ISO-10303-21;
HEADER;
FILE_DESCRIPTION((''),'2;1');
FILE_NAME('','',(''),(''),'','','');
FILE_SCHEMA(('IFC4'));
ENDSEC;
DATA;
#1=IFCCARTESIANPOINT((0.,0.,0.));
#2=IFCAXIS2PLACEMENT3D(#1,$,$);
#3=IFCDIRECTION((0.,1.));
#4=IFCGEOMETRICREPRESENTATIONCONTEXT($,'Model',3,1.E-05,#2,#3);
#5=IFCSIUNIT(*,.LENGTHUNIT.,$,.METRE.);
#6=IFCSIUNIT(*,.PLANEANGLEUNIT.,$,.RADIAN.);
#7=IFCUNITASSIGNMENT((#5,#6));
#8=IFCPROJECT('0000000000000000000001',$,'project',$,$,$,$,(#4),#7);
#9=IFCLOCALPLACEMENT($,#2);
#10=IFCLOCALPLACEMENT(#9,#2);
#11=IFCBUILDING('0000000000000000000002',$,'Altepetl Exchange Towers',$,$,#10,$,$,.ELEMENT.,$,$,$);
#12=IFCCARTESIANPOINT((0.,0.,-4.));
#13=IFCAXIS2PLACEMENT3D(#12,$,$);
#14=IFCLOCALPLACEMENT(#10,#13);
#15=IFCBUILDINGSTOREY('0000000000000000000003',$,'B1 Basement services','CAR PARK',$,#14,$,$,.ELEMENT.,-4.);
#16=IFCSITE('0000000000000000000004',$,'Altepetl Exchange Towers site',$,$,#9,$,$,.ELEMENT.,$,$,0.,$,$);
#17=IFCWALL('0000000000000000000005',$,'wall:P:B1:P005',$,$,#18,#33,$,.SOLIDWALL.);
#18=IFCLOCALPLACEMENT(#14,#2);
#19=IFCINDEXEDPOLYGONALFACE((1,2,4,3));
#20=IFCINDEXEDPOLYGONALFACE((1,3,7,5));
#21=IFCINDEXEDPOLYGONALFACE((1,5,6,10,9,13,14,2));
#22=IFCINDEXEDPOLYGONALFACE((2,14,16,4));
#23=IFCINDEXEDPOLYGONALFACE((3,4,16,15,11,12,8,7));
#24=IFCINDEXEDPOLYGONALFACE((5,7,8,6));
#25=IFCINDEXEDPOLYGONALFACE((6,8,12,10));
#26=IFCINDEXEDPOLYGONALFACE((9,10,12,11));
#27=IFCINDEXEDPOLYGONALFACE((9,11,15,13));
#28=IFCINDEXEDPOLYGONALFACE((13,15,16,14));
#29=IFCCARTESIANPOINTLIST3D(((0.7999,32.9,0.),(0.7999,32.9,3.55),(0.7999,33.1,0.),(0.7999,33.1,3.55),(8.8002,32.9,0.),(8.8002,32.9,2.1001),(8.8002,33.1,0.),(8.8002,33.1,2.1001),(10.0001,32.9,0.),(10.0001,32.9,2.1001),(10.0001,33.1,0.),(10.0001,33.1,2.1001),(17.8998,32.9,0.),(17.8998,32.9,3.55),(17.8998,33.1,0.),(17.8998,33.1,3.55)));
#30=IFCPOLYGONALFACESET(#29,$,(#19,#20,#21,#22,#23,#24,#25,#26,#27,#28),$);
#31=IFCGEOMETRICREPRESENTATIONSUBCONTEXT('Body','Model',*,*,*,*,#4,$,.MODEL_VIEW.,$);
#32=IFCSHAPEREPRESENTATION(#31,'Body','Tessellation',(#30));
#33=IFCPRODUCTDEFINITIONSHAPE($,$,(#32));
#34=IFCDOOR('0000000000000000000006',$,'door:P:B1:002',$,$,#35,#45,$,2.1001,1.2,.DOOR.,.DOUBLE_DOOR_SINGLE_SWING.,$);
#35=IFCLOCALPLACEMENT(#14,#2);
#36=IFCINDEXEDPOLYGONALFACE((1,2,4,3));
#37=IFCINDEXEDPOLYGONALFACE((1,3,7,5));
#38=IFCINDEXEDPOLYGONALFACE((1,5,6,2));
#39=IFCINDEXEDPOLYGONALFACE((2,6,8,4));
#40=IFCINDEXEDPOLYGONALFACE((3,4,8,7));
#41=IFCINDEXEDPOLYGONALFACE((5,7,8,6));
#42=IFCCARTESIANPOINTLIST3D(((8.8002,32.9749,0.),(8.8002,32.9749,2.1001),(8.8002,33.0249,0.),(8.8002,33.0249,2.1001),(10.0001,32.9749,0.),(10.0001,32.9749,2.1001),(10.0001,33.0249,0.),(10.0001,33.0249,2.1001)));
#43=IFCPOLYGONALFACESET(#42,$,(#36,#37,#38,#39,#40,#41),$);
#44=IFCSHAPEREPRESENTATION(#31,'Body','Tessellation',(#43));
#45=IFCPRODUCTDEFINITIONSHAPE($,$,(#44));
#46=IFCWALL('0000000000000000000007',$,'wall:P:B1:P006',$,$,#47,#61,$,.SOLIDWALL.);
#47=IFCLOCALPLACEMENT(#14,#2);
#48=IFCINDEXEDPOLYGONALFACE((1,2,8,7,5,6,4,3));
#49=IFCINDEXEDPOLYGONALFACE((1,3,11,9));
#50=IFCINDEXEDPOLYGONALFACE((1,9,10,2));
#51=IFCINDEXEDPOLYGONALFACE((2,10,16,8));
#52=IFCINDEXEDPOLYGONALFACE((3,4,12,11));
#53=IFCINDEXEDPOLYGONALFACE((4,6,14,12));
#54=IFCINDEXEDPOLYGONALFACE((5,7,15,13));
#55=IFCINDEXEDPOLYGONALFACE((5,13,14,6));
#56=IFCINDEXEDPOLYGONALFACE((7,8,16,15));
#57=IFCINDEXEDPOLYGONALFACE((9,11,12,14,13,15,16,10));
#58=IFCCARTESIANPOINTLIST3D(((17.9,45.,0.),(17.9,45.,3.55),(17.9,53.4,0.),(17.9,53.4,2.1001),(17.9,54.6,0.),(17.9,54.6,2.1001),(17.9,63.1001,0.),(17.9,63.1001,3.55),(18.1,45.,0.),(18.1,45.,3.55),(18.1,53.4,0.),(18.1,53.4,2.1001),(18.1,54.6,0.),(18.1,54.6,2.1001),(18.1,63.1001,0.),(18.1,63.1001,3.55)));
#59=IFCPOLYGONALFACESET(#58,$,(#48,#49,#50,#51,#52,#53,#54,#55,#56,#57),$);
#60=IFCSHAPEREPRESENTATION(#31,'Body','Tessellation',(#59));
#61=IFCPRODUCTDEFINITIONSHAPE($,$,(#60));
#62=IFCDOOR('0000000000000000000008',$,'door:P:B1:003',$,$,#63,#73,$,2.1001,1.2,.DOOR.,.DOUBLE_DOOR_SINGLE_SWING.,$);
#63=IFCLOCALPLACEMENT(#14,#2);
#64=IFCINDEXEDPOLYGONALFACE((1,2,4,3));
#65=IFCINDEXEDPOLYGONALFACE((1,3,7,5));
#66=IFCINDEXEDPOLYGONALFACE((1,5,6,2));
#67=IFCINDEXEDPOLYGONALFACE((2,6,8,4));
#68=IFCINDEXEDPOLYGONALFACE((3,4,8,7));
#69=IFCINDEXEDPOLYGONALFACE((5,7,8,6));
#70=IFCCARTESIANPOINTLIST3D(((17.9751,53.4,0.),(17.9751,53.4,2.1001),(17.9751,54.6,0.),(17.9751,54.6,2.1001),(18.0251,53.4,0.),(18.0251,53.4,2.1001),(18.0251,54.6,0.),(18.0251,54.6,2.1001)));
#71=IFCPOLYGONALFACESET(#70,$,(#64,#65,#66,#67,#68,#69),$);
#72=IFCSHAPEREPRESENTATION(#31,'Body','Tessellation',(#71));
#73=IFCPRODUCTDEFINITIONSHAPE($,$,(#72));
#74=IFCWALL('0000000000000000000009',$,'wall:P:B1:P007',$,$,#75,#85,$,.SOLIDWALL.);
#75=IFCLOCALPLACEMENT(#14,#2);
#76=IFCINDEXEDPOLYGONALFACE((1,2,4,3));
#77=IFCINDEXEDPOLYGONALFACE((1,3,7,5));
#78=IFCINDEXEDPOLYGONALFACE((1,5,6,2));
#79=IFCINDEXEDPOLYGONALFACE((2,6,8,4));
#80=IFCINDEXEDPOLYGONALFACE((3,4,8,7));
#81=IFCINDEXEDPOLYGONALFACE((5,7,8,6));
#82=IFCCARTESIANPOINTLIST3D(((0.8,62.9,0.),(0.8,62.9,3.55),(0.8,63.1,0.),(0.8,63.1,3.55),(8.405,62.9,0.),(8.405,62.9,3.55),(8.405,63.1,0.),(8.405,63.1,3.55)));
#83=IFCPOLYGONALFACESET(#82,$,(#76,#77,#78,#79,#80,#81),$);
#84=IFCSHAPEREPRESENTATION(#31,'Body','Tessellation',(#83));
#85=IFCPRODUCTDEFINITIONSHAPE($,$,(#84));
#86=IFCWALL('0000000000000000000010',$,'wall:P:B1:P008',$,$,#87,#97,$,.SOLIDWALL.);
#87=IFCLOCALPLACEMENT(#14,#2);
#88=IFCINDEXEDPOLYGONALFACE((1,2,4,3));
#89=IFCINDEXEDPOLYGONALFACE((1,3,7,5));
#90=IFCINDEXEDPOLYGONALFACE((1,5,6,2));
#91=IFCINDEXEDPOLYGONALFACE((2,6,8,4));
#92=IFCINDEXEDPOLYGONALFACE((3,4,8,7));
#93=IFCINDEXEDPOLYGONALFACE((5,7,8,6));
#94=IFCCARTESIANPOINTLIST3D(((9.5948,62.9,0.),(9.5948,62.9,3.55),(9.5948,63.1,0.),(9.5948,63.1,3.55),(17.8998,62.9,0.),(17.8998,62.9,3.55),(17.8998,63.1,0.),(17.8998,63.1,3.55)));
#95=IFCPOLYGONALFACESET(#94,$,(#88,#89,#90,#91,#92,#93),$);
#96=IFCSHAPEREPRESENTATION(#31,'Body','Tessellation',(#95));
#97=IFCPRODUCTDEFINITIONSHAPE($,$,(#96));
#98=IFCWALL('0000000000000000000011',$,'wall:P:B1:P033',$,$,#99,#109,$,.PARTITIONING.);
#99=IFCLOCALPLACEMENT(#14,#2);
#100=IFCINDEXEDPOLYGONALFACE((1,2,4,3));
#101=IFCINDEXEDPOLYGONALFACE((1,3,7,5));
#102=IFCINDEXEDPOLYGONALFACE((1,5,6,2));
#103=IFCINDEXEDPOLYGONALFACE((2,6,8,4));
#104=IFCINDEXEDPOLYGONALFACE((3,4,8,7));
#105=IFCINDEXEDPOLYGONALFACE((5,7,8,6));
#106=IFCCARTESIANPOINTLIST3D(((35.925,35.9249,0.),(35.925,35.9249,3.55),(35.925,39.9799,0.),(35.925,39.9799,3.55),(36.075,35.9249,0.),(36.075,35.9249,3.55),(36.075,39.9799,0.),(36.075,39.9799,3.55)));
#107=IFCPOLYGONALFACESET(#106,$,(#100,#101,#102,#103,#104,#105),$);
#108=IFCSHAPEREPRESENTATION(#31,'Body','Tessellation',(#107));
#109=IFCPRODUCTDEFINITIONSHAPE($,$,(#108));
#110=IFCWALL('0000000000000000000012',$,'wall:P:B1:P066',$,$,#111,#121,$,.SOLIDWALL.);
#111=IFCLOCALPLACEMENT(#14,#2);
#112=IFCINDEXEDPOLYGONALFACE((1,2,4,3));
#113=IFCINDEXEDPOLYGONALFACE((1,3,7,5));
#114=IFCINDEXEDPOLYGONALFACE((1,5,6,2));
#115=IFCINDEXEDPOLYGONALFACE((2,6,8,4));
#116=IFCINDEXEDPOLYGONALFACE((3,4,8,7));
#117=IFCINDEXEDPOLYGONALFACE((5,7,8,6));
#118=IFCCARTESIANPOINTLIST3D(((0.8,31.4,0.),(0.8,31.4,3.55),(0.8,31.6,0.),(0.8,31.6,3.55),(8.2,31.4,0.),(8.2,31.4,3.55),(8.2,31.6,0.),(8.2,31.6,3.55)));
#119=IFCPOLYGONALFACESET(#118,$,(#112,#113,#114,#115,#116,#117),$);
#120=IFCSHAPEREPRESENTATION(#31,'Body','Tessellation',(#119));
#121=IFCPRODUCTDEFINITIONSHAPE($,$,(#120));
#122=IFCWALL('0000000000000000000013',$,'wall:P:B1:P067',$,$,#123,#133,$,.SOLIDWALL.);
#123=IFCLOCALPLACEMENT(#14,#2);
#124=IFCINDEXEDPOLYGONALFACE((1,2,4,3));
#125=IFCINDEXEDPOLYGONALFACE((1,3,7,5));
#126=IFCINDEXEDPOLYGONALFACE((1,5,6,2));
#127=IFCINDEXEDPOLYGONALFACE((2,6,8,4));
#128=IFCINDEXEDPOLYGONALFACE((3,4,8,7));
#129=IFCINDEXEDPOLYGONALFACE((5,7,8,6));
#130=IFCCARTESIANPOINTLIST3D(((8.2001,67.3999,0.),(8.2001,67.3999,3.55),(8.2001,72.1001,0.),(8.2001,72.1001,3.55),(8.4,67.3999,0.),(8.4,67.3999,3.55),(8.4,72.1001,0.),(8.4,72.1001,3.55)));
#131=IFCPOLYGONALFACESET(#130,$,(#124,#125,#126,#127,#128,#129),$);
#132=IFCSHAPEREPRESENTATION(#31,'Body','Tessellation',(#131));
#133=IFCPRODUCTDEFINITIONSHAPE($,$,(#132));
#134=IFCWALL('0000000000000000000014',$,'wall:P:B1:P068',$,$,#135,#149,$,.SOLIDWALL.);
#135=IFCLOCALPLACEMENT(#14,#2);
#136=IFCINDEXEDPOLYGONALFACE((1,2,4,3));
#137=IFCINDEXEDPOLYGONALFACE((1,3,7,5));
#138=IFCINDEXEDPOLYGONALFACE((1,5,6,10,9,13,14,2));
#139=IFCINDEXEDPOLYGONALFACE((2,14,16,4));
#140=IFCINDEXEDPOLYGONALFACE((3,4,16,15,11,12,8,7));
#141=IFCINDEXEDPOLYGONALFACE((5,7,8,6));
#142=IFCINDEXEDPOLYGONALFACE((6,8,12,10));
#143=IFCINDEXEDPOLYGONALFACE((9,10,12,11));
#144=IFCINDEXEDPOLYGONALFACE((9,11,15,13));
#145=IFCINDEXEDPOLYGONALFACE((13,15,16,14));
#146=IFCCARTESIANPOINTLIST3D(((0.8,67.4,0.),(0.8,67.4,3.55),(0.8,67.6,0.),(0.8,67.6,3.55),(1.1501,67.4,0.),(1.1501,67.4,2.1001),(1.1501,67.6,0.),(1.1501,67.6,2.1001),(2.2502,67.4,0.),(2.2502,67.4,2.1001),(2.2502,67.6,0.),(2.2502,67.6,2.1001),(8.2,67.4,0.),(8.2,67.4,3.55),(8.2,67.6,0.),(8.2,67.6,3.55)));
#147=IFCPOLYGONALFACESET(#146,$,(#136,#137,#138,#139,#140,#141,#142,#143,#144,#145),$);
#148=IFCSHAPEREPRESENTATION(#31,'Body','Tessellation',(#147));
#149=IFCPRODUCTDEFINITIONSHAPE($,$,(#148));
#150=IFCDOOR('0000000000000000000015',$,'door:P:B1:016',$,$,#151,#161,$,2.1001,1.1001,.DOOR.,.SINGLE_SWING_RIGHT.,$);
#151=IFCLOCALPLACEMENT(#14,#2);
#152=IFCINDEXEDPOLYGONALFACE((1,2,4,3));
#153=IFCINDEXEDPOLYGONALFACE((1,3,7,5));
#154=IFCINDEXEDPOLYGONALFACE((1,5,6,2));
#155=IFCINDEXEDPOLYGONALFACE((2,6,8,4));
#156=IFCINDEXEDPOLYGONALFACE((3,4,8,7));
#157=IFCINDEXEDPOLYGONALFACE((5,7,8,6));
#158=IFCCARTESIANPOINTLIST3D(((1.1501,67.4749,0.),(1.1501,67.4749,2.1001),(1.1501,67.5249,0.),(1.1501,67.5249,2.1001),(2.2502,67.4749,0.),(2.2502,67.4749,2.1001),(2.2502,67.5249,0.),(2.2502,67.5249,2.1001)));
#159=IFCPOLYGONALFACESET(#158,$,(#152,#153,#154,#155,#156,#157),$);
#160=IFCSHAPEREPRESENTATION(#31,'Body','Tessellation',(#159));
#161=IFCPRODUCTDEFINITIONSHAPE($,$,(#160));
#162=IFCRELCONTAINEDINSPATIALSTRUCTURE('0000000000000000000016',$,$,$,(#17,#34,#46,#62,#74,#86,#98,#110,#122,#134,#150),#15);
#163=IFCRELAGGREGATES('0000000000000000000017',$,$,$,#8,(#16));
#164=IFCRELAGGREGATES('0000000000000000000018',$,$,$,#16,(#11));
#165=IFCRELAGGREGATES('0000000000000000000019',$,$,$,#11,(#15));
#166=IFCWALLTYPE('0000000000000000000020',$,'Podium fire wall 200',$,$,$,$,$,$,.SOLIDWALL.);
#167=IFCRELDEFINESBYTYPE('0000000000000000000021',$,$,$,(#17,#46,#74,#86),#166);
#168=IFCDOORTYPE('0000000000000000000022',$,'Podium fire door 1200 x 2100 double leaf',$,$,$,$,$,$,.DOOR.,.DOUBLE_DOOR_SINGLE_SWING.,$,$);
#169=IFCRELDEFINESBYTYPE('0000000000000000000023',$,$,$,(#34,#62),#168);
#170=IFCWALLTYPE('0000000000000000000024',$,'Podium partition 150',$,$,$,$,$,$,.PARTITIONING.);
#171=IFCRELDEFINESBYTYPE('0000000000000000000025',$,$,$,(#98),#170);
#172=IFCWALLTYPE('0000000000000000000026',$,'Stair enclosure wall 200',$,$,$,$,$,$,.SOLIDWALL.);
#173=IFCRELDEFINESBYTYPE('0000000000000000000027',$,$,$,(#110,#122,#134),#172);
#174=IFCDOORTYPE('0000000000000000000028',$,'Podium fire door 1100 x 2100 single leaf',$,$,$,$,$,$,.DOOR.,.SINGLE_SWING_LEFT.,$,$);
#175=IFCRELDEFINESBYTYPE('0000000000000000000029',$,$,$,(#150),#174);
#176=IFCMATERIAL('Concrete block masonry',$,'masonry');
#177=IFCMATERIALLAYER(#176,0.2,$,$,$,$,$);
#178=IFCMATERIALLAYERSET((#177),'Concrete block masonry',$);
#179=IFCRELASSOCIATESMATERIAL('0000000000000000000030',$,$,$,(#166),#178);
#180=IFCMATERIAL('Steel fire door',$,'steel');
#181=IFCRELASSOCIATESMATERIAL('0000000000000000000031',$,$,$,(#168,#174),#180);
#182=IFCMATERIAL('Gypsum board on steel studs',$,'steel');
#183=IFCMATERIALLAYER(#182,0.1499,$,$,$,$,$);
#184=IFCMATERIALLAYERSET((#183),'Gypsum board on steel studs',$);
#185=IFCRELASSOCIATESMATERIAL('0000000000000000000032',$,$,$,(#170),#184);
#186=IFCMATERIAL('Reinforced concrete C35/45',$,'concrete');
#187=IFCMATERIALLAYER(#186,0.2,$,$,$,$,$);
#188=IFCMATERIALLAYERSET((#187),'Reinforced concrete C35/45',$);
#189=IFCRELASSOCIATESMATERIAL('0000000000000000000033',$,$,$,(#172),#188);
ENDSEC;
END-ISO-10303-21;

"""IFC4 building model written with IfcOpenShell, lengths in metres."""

from ifc_helpers import new_model, si_unit, direction, frame, frame_2d, origin, place, context, subcontext, project, spatial, rectangle, extrude, material, layer, layer_set, type_object, element, fill, save


model = new_model("IFC4")

# Units and contexts
model_context = context("Model", 3, precision=1e-05, world=origin(), true_north=direction((0.0, 1.0)))
body_context = subcontext(model_context, "Body", "Model", "MODEL_VIEW")
ifc_project = project(units=[si_unit("LENGTHUNIT", "METRE"), si_unit("PLANEANGLEUNIT", "RADIAN")], contexts=[model_context])

# Site, building, storey
site_placement = place(None, origin())
site = spatial("IfcSite", under=ifc_project, at=site_placement, Name="Altepetl Exchange Towers site", CompositionType="ELEMENT", RefElevation=0.0)
building_placement = place(site_placement, origin())
building = spatial("IfcBuilding", under=site, at=building_placement, Name="Altepetl Exchange Towers", CompositionType="ELEMENT")
storey_placement = place(building_placement, frame((0.0, 0.0, -4.0)))
storey = spatial("IfcBuildingStorey", under=building, at=storey_placement, Name="B1 Basement services", Description="CAR PARK", CompositionType="ELEMENT", Elevation=-4.0)

# Shared definitions
ifc_material_1 = material(Name="Reinforced concrete C35/45", Category="concrete")
ifc_material_2 = material(Name="Concrete block masonry", Category="masonry")
ifc_layer_1 = layer(ifc_material_2, 0.2)
ifc_layer_set_1 = layer_set([ifc_layer_1], Name="Concrete block masonry")
wall_type_1 = type_object("IfcWallType", Name="Podium fire wall 200", PredefinedType="SOLIDWALL", material=ifc_layer_set_1)

# Walls, openings, doors
wall_1_placement = place(storey_placement, frame((0.8, 33.0, 0.0)))
wall_1 = element("IfcWall", 1, at=wall_1_placement, inside=storey, type_object=wall_type_1, Name="wall:P:B1:P005", PredefinedType="SOLIDWALL", context=body_context, shape_type="SweptSolid", body=[
    extrude(rectangle(XDim=17.0999, YDim=0.2, at=frame_2d((8.5498, 0.0))), origin(), (0.0, 0.0, 1.0), 3.55),
])
opening_1_placement = place(wall_1_placement, frame((8.0, 0.0, 0.0)))
opening_1 = element("IfcOpeningElement", 2, at=opening_1_placement, cuts=wall_1, PredefinedType="OPENING", context=body_context, shape_type="SweptSolid", body=[
    extrude(rectangle(XDim=1.2, YDim=2.1001, at=frame_2d((0.6001, 1.05))), frame((0.0, 0.1099, 0.0), z_axis=(0.0, -1.0, 0.0), x_axis=(1.0, 0.0, 0.0)), (0.0, 0.0, 1.0), 0.22),
])
ifc_material_3 = material(Name="Steel fire door", Category="steel")
door_type_1 = type_object("IfcDoorType", Name="Podium fire door 1200 x 2100 double leaf", OperationType="DOUBLE_DOOR_SINGLE_SWING", PredefinedType="DOOR", material=ifc_material_3)
door_1_placement = place(opening_1_placement, origin())
door_1 = element("IfcDoor", 3, at=door_1_placement, inside=storey, type_object=door_type_1, Name="door:P:B1:002", OperationType="DOUBLE_DOOR_SINGLE_SWING", OverallHeight=2.1001, OverallWidth=1.2, PredefinedType="DOOR", context=body_context, shape_type="SweptSolid", body=[
    extrude(rectangle(XDim=1.2, YDim=2.1001, at=frame_2d((0.6001, 1.05))), frame((0.0, 0.0249, 0.0), z_axis=(0.0, -1.0, 0.0), x_axis=(1.0, 0.0, 0.0)), (0.0, 0.0, 1.0), 0.05),
])
fill(opening_1, door_1)
wall_2_placement = place(storey_placement, frame((18.0, 45.0, 0.0), z_axis=(0.0, 0.0, 1.0), x_axis=(0.0, 1.0, 0.0)))
wall_2 = element("IfcWall", 4, at=wall_2_placement, inside=storey, type_object=wall_type_1, Name="wall:P:B1:P006", PredefinedType="SOLIDWALL", context=body_context, shape_type="SweptSolid", body=[
    extrude(rectangle(XDim=18.1001, YDim=0.2, at=frame_2d((9.05, 0.0))), origin(), (0.0, 0.0, 1.0), 3.55),
])
opening_2_placement = place(wall_2_placement, frame((8.3999, 0.0, 0.0)))
opening_2 = element("IfcOpeningElement", 5, at=opening_2_placement, cuts=wall_2, PredefinedType="OPENING", context=body_context, shape_type="SweptSolid", body=[
    extrude(rectangle(XDim=1.2, YDim=2.1001, at=frame_2d((0.6001, 1.05))), frame((0.0, 0.1099, 0.0), z_axis=(0.0, -1.0, 0.0), x_axis=(1.0, 0.0, 0.0)), (0.0, 0.0, 1.0), 0.22),
])
door_2_placement = place(opening_2_placement, origin())
door_2 = element("IfcDoor", 6, at=door_2_placement, inside=storey, type_object=door_type_1, Name="door:P:B1:003", OperationType="DOUBLE_DOOR_SINGLE_SWING", OverallHeight=2.1001, OverallWidth=1.2, PredefinedType="DOOR", context=body_context, shape_type="SweptSolid", body=[
    extrude(rectangle(XDim=1.2, YDim=2.1001, at=frame_2d((0.6001, 1.05))), frame((0.0, 0.0249, 0.0), z_axis=(0.0, -1.0, 0.0), x_axis=(1.0, 0.0, 0.0)), (0.0, 0.0, 1.0), 0.05),
])
fill(opening_2, door_2)

# Walls
wall_3_placement = place(storey_placement, frame((0.8, 63.0, 0.0)))
element("IfcWall", 7, at=wall_3_placement, inside=storey, type_object=wall_type_1, Name="wall:P:B1:P007", PredefinedType="SOLIDWALL", context=body_context, shape_type="SweptSolid", body=[
    extrude(rectangle(XDim=7.605, YDim=0.2, at=frame_2d((3.8025, 0.0))), origin(), (0.0, 0.0, 1.0), 3.55),
])
wall_4_placement = place(storey_placement, frame((9.595, 63.0, 0.0)))
element("IfcWall", 8, at=wall_4_placement, inside=storey, type_object=wall_type_1, Name="wall:P:B1:P008", PredefinedType="SOLIDWALL", context=body_context, shape_type="SweptSolid", body=[
    extrude(rectangle(XDim=8.3049, YDim=0.2, at=frame_2d((4.1523, 0.0))), origin(), (0.0, 0.0, 1.0), 3.55),
])
ifc_material_4 = material(Name="Gypsum board on steel studs", Category="steel")
ifc_layer_2 = layer(ifc_material_4, 0.1499)
ifc_layer_set_2 = layer_set([ifc_layer_2], Name="Gypsum board on steel studs")
wall_type_2 = type_object("IfcWallType", Name="Podium partition 150", PredefinedType="PARTITIONING", material=ifc_layer_set_2)
wall_5_placement = place(storey_placement, frame((36.0, 35.925, 0.0), z_axis=(0.0, 0.0, 1.0), x_axis=(0.0, 1.0, 0.0)))
element("IfcWall", 9, at=wall_5_placement, inside=storey, type_object=wall_type_2, Name="wall:P:B1:P033", PredefinedType="PARTITIONING", context=body_context, shape_type="SweptSolid", body=[
    extrude(rectangle(XDim=4.0549, YDim=0.1499, at=frame_2d((2.0273, 0.0))), origin(), (0.0, 0.0, 1.0), 3.55),
])
ifc_layer_3 = layer(ifc_material_1, 0.2)
ifc_layer_set_3 = layer_set([ifc_layer_3], Name="Reinforced concrete C35/45")
wall_type_3 = type_object("IfcWallType", Name="Stair enclosure wall 200", PredefinedType="SOLIDWALL", material=ifc_layer_set_3)
wall_6_placement = place(storey_placement, frame((0.8, 31.5, 0.0)))
element("IfcWall", 10, at=wall_6_placement, inside=storey, type_object=wall_type_3, Name="wall:P:B1:P066", PredefinedType="SOLIDWALL", context=body_context, shape_type="SweptSolid", body=[
    extrude(rectangle(XDim=7.3999, YDim=0.2, at=frame_2d((3.7, 0.0))), origin(), (0.0, 0.0, 1.0), 3.55),
])
wall_7_placement = place(storey_placement, frame((8.3, 67.3999, 0.0), z_axis=(0.0, 0.0, 1.0), x_axis=(0.0, 1.0, 0.0)))
element("IfcWall", 11, at=wall_7_placement, inside=storey, type_object=wall_type_3, Name="wall:P:B1:P067", PredefinedType="SOLIDWALL", context=body_context, shape_type="SweptSolid", body=[
    extrude(rectangle(XDim=4.7002, YDim=0.2, at=frame_2d((2.3501, 0.0))), origin(), (0.0, 0.0, 1.0), 3.55),
])

# Wall, opening, door
wall_8_placement = place(storey_placement, frame((0.8, 67.5, 0.0)))
wall_8 = element("IfcWall", 12, at=wall_8_placement, inside=storey, type_object=wall_type_3, Name="wall:P:B1:P068", PredefinedType="SOLIDWALL", context=body_context, shape_type="SweptSolid", body=[
    extrude(rectangle(XDim=7.3999, YDim=0.2, at=frame_2d((3.7, 0.0))), origin(), (0.0, 0.0, 1.0), 3.55),
])
opening_3_placement = place(wall_8_placement, frame((0.3501, 0.0, 0.0)))
opening_3 = element("IfcOpeningElement", 13, at=opening_3_placement, cuts=wall_8, PredefinedType="OPENING", context=body_context, shape_type="SweptSolid", body=[
    extrude(rectangle(XDim=1.1001, YDim=2.1001, at=frame_2d((0.55, 1.05))), frame((0.0, 0.1099, 0.0), z_axis=(0.0, -1.0, 0.0), x_axis=(1.0, 0.0, 0.0)), (0.0, 0.0, 1.0), 0.22),
])
door_type_2 = type_object("IfcDoorType", Name="Podium fire door 1100 x 2100 single leaf", OperationType="SINGLE_SWING_LEFT", PredefinedType="DOOR", material=ifc_material_3)
door_3_placement = place(opening_3_placement, origin())
door_3 = element("IfcDoor", 14, at=door_3_placement, inside=storey, type_object=door_type_2, Name="door:P:B1:016", OperationType="SINGLE_SWING_RIGHT", OverallHeight=2.1001, OverallWidth=1.1001, PredefinedType="DOOR", context=body_context, shape_type="SweptSolid", body=[
    extrude(rectangle(XDim=1.1001, YDim=2.1001, at=frame_2d((0.55, 1.05))), frame((0.0, 0.0249, 0.0), z_axis=(0.0, -1.0, 0.0), x_axis=(1.0, 0.0, 0.0)), (0.0, 0.0, 1.0), 0.05),
])
fill(opening_3, door_3)

save(model, "model.ifc")
